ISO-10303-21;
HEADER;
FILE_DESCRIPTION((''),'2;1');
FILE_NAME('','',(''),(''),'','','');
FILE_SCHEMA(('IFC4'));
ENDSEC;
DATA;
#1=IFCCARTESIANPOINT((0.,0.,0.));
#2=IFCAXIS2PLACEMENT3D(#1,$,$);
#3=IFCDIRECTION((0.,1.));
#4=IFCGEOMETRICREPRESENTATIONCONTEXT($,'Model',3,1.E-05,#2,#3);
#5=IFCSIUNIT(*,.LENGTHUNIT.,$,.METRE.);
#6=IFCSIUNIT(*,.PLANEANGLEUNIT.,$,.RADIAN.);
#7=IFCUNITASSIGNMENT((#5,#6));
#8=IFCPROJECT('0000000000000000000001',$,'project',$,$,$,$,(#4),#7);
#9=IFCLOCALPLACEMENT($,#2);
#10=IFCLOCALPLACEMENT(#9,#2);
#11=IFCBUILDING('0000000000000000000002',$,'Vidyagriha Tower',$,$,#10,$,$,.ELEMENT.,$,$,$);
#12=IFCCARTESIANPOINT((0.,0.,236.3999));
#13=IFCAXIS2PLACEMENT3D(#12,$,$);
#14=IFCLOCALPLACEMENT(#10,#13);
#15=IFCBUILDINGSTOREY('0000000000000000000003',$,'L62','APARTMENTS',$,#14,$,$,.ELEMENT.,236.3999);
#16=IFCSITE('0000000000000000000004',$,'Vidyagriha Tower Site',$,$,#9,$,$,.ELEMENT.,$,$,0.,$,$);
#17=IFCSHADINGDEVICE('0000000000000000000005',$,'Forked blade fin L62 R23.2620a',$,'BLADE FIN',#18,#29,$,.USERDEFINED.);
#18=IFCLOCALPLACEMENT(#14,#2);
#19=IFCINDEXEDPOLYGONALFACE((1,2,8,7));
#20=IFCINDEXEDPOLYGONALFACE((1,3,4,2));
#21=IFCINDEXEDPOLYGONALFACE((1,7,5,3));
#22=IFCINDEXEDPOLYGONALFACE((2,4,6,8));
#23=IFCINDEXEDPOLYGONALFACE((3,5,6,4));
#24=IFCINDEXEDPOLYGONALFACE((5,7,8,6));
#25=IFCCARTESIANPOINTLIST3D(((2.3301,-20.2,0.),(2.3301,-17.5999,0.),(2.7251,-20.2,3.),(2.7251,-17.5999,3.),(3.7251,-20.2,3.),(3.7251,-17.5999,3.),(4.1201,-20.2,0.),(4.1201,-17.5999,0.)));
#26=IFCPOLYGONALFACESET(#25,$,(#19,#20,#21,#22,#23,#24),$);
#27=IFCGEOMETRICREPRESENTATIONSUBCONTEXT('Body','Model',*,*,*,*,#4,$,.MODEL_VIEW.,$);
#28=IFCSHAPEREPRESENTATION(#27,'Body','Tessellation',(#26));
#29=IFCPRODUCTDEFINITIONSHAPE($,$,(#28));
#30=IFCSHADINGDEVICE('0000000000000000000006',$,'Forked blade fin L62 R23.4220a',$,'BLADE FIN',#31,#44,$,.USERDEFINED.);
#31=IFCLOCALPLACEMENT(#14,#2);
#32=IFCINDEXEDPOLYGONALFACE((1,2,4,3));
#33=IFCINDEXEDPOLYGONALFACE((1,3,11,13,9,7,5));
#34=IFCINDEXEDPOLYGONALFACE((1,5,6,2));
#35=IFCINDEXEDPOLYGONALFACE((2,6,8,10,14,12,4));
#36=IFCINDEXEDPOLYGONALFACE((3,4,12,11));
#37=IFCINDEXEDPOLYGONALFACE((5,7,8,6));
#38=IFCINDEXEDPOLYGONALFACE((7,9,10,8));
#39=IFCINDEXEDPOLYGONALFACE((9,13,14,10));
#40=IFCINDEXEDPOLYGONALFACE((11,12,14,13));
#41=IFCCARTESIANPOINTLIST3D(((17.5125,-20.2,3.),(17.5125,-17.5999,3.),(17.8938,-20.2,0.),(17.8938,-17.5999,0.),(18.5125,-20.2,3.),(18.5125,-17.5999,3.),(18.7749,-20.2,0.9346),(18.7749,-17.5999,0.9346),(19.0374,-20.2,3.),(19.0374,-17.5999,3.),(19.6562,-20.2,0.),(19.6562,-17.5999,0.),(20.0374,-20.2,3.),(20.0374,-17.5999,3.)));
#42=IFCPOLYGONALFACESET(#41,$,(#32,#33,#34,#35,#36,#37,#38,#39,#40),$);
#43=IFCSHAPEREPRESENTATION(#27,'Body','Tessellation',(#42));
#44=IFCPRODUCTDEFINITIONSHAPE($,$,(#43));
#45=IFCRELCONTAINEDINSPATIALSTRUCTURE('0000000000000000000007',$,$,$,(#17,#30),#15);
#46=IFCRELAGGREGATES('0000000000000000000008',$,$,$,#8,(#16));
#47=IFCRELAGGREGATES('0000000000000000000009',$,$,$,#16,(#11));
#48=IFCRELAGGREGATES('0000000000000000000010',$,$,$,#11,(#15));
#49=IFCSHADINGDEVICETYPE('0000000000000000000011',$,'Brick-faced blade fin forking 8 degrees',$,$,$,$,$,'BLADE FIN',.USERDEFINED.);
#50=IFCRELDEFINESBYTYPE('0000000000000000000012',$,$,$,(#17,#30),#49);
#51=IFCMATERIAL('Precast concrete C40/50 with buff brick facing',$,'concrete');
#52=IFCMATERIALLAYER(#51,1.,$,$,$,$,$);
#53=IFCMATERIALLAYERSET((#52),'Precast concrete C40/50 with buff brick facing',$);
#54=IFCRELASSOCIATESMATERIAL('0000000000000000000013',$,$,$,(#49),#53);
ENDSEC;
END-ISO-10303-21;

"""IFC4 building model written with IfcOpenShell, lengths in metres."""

from ifc_helpers import new_model, si_unit, direction, frame, origin, place, context, subcontext, project, spatial, polyline, outline, extrude, material, layer, layer_set, type_object, element, save


model = new_model("IFC4")

# Units and contexts
model_context = context("Model", 3, precision=1e-05, world=origin(), true_north=direction((0.0, 1.0)))
body_context = subcontext(model_context, "Body", "Model", "MODEL_VIEW")
ifc_project = project(units=[si_unit("LENGTHUNIT", "METRE"), si_unit("PLANEANGLEUNIT", "RADIAN")], contexts=[model_context])

# Site, building, storey
site_placement = place(None, origin())
site = spatial("IfcSite", under=ifc_project, at=site_placement, Name="Vidyagriha Tower Site", CompositionType="ELEMENT", RefElevation=0.0)
building_placement = place(site_placement, origin())
building = spatial("IfcBuilding", under=site, at=building_placement, Name="Vidyagriha Tower", CompositionType="ELEMENT")
storey_placement = place(building_placement, frame((0.0, 0.0, 236.3999)))
storey = spatial("IfcBuildingStorey", under=building, at=storey_placement, Name="L62", Description="APARTMENTS", CompositionType="ELEMENT", Elevation=236.3999)

# Shading devices
ifc_material_1 = material(Name="Precast concrete C40/50 with buff brick facing", Category="concrete")
ifc_layer_1 = layer(ifc_material_1, 1.0)
ifc_layer_set_1 = layer_set([ifc_layer_1], Name="Precast concrete C40/50 with buff brick facing")
shading_device_type_1 = type_object("IfcShadingDeviceType", Name="Brick-faced blade fin forking 8 degrees", ElementType="BLADE FIN", PredefinedType="USERDEFINED", material=ifc_layer_set_1)
shading_device_1_placement = place(storey_placement, frame((2.3301, -18.8999, 0.0)))
element("IfcShadingDevice", 1, at=shading_device_1_placement, inside=storey, type_object=shading_device_type_1, Name="Forked blade fin L62 R23.2620a", ObjectType="BLADE FIN", PredefinedType="USERDEFINED", context=body_context, shape_type="SweptSolid", body=[
    extrude(outline(polyline([(0.0, 0.0), (1.79, 0.0), (1.395, 3.0), (0.395, 3.0), (0.0, 0.0)])), frame((0.0, 1.3, 0.0), z_axis=(0.0, -1.0, 0.0), x_axis=(1.0, 0.0, 0.0)), (0.0, 0.0, 1.0), 2.6001),
])
shading_device_2_placement = place(storey_placement, frame((17.5125, -18.8999, 0.0)))
element("IfcShadingDevice", 2, at=shading_device_2_placement, inside=storey, type_object=shading_device_type_1, Name="Forked blade fin L62 R23.4220a", ObjectType="BLADE FIN", PredefinedType="USERDEFINED", context=body_context, shape_type="SweptSolid", body=[
    extrude(outline(polyline([(0.3813, 0.0), (2.1438, 0.0), (2.5249, 3.0), (1.5249, 3.0), (1.2625, 0.9346), (1.0, 3.0), (0.0, 3.0), (0.3813, 0.0)])), frame((0.0, 1.3, 0.0), z_axis=(0.0, -1.0, 0.0), x_axis=(1.0, 0.0, 0.0)), (0.0, 0.0, 1.0), 2.6001),
])

save(model, "model.ifc")
